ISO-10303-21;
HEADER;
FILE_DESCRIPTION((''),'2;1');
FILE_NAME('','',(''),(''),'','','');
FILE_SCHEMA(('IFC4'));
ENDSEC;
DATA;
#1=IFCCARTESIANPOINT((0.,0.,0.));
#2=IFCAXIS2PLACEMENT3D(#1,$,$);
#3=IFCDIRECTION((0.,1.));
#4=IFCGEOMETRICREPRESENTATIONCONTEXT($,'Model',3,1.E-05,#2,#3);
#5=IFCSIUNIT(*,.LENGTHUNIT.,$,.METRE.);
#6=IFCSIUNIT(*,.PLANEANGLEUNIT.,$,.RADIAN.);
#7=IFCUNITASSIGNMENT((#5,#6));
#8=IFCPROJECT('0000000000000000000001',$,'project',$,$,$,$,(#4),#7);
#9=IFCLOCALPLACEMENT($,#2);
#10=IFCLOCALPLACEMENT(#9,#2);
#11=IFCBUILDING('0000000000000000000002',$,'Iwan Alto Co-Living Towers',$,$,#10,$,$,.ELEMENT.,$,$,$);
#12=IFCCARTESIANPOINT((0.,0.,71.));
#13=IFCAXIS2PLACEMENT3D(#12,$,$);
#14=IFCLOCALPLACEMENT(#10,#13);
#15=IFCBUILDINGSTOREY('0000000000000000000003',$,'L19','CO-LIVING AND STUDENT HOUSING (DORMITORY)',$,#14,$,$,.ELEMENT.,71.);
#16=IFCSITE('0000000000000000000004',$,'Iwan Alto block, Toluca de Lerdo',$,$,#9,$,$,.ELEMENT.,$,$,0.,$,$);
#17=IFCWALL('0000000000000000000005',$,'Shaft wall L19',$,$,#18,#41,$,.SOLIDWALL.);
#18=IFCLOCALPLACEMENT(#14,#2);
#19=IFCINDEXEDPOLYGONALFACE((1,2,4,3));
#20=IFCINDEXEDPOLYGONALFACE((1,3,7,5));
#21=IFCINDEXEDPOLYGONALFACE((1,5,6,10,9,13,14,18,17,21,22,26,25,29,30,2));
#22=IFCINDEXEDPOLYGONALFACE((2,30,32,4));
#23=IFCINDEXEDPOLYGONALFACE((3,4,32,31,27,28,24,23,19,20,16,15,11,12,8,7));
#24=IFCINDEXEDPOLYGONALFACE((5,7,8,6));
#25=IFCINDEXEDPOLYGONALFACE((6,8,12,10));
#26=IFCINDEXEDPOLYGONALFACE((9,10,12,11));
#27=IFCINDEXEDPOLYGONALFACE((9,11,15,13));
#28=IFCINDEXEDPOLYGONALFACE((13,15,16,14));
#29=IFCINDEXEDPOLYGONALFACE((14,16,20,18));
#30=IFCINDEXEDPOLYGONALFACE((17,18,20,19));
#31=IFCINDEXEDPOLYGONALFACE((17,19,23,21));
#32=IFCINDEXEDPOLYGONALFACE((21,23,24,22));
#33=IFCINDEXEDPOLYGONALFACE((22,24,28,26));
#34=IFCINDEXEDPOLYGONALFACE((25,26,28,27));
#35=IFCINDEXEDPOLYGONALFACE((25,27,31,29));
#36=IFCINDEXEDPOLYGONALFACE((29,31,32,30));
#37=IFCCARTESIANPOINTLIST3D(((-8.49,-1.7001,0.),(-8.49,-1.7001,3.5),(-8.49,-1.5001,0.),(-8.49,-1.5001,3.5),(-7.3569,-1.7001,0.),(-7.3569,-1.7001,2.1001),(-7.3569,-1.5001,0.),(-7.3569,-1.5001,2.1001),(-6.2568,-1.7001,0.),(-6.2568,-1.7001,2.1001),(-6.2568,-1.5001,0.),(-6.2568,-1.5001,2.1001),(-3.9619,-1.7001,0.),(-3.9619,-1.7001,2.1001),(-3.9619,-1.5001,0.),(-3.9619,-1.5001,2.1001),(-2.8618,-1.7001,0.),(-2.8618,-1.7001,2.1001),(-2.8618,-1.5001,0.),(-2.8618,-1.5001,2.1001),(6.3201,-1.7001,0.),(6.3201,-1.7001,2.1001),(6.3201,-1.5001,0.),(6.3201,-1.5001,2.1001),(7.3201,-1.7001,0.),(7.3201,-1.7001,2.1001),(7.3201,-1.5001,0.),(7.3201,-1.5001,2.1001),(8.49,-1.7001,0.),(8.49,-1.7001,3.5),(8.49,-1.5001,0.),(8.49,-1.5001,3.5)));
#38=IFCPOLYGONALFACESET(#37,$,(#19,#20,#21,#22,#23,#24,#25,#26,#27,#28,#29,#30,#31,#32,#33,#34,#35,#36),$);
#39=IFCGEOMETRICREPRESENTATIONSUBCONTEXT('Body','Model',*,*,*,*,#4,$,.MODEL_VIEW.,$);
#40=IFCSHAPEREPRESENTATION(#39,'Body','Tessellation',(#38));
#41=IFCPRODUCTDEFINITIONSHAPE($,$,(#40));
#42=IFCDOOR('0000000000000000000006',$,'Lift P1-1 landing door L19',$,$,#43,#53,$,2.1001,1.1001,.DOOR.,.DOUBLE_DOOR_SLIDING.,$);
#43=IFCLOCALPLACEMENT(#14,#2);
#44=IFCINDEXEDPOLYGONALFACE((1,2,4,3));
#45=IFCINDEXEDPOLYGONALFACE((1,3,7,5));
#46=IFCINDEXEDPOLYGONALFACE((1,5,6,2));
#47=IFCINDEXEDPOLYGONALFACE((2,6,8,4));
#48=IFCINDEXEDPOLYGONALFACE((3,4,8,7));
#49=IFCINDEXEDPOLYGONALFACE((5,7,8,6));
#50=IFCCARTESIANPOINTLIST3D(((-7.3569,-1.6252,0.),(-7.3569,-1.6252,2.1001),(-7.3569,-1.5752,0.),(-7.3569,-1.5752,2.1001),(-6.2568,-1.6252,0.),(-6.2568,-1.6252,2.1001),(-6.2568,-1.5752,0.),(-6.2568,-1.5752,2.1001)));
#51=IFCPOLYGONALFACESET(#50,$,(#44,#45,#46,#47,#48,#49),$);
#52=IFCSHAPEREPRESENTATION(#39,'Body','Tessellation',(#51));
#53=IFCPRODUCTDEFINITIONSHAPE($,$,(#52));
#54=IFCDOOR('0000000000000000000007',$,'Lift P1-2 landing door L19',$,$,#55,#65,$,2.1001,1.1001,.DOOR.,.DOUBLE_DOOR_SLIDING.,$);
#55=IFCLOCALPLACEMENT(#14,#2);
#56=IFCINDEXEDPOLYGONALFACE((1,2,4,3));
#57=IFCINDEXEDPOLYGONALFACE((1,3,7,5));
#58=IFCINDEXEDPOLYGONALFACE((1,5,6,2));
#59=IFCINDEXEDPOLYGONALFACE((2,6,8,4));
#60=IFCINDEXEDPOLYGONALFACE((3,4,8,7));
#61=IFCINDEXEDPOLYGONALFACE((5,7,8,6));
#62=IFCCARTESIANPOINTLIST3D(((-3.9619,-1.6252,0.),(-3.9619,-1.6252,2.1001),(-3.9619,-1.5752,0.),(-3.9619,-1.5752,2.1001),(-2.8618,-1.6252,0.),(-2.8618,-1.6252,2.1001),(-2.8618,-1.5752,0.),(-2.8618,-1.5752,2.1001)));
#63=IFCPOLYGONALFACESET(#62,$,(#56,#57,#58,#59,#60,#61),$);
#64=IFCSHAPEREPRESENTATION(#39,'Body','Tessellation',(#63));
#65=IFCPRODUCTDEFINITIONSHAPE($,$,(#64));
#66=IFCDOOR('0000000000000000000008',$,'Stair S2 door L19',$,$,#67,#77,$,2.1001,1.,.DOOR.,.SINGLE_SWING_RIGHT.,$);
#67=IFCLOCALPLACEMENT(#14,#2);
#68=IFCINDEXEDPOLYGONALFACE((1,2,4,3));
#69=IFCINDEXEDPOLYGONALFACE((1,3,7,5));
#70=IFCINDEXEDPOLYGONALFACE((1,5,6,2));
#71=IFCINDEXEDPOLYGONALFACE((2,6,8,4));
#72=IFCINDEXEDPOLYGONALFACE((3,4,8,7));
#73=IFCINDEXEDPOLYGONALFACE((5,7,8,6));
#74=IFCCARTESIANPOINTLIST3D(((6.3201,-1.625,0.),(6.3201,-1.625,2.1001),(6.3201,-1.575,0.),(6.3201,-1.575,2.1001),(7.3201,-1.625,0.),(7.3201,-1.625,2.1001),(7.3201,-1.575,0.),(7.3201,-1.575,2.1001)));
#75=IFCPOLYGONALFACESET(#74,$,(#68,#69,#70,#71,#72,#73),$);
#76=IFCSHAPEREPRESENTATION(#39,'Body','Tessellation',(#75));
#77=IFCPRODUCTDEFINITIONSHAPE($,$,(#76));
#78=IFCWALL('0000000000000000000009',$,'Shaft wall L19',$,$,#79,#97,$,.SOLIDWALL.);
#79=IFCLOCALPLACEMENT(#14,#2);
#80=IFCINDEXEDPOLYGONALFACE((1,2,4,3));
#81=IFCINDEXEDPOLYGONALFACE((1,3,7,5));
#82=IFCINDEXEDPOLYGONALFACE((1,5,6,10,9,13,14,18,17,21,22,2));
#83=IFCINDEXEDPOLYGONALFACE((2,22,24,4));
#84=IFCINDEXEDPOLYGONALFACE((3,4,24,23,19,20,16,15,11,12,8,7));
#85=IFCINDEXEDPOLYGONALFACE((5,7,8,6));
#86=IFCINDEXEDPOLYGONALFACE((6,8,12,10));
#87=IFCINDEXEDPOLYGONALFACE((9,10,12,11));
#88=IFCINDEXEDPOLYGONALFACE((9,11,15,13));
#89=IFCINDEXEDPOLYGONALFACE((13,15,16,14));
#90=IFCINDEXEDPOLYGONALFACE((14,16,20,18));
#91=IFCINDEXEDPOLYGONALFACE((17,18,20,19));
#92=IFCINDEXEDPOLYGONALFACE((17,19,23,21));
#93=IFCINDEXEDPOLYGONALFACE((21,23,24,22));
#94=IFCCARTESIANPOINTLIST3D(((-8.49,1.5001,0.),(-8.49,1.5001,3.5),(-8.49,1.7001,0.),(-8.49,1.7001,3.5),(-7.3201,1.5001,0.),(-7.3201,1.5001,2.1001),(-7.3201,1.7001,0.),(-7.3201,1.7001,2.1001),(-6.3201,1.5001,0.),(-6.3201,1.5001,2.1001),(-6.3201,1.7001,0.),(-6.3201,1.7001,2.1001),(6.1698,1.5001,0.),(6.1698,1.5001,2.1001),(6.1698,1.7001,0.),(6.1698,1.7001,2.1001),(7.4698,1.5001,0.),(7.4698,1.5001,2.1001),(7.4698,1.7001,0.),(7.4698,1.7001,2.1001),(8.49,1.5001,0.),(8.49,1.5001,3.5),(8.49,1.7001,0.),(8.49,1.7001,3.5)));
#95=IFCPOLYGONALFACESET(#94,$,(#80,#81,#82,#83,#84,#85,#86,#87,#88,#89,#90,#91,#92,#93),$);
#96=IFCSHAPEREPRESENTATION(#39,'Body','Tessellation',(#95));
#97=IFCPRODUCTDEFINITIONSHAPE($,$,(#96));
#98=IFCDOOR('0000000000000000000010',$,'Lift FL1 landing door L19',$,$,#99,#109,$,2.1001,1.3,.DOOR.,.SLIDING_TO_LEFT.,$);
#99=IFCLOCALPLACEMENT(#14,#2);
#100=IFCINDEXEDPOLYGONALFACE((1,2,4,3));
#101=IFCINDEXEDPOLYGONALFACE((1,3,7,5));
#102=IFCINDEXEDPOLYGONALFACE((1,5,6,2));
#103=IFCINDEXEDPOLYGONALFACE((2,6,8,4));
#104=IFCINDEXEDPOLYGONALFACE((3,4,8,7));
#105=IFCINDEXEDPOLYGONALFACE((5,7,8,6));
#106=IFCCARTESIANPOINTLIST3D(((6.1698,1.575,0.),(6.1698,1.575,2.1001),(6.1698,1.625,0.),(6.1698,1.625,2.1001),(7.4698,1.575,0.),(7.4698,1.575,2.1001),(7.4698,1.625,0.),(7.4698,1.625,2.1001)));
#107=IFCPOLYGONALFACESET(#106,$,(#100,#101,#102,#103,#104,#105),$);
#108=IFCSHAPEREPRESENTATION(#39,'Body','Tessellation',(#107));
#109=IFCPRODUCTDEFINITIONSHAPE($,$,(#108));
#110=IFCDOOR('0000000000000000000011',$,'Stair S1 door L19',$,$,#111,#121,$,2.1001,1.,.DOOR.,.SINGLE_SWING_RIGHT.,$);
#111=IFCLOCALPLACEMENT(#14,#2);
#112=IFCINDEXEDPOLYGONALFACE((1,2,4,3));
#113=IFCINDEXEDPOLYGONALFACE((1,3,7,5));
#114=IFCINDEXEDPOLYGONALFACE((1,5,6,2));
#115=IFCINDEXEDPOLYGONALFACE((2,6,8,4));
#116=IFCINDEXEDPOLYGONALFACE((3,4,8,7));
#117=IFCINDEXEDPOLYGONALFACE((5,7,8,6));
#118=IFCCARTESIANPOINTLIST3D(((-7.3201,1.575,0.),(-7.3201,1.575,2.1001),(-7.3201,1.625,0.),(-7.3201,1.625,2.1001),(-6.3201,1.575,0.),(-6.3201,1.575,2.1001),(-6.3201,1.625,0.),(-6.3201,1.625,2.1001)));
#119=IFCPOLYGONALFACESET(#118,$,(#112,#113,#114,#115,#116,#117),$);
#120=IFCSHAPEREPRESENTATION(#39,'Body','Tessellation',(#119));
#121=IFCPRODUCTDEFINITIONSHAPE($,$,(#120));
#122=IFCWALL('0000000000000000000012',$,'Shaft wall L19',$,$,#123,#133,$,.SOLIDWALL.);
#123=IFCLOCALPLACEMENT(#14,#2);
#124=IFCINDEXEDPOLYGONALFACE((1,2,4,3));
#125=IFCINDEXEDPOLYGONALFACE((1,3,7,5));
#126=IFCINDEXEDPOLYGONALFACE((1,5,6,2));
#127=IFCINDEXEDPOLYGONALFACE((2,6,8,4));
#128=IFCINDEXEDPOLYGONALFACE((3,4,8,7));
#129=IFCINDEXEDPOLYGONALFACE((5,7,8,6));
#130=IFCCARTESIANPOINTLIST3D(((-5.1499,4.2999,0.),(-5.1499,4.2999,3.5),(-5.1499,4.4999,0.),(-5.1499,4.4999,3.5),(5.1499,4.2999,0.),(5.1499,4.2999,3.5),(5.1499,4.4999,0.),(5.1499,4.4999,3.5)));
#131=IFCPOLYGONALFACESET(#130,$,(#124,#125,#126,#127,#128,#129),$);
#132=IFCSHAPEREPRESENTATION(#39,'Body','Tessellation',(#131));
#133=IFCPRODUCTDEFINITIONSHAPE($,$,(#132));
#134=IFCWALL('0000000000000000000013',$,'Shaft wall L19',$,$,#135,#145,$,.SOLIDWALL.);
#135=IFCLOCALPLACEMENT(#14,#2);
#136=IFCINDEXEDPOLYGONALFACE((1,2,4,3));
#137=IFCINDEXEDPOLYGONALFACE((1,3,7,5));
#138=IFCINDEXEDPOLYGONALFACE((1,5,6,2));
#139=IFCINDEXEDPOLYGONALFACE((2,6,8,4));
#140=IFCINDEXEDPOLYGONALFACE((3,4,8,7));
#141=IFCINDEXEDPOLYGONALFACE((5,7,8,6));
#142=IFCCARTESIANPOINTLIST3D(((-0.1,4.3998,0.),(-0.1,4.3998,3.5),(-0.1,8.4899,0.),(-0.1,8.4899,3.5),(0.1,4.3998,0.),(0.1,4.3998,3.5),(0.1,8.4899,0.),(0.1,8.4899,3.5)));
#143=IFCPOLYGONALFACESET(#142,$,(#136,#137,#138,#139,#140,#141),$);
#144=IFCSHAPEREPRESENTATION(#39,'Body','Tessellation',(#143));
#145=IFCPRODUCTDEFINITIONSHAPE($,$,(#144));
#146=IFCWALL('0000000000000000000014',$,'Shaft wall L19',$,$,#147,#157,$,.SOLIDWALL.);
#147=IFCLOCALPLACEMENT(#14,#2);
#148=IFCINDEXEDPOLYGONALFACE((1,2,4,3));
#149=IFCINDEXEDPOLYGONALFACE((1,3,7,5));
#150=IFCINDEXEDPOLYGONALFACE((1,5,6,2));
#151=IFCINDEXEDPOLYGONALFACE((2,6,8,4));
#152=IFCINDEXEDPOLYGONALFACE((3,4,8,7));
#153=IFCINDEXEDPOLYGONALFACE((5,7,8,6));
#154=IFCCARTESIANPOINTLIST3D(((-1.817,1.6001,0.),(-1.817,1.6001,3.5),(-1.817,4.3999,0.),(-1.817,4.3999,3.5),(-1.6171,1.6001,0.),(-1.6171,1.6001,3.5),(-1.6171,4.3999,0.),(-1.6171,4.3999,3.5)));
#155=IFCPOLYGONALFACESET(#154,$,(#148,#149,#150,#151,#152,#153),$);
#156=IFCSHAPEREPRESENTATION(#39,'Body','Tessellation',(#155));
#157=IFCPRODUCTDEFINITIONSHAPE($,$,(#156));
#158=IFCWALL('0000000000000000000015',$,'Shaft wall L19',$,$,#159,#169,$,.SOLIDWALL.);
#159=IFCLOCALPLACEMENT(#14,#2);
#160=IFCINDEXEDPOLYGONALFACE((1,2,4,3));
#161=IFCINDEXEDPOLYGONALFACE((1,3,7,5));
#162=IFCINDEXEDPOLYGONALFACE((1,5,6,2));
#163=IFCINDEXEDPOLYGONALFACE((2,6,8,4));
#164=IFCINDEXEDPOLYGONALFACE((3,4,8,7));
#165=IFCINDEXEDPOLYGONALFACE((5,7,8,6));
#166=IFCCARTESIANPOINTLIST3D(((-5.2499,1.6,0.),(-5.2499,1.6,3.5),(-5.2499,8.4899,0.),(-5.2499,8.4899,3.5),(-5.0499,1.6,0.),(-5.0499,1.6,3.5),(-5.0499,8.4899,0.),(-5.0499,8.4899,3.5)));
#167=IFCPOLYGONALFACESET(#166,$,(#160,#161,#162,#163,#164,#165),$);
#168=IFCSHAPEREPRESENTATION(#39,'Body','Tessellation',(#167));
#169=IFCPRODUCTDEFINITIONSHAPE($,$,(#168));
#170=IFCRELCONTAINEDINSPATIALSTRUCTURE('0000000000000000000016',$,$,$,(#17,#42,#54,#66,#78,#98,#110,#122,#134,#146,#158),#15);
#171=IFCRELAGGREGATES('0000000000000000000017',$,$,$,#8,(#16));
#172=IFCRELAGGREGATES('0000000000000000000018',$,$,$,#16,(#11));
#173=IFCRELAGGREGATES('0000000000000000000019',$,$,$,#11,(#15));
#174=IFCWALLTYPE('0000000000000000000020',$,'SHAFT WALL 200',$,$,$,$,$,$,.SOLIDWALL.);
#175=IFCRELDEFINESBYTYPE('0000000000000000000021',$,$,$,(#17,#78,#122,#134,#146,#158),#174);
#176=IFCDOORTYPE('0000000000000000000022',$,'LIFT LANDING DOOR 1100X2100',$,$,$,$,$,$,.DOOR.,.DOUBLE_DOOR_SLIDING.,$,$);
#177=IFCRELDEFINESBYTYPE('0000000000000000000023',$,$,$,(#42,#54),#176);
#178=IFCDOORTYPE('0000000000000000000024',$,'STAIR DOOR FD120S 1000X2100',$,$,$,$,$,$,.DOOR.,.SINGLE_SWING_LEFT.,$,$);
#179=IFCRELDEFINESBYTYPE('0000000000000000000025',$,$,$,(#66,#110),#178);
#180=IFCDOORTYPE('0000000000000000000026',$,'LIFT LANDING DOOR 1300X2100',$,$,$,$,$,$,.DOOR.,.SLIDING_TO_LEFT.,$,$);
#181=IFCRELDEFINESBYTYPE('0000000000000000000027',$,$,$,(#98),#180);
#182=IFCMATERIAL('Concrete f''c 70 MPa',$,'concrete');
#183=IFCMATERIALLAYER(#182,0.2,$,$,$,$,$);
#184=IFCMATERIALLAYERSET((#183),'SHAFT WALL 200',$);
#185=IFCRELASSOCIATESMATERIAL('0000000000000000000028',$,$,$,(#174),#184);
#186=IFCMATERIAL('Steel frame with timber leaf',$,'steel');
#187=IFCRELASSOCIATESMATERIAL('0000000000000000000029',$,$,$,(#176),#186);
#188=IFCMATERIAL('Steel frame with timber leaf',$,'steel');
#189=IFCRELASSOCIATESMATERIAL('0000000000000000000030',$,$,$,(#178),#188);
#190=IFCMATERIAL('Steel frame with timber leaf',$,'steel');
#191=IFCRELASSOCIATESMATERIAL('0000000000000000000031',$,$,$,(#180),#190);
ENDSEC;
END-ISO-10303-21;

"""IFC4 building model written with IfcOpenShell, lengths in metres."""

from ifc_helpers import new_model, si_unit, direction, frame, frame_2d, origin, place, context, subcontext, project, spatial, rectangle, extrude, material, layer, layer_set, type_object, element, fill, save


model = new_model("IFC4")

# Units and contexts
model_context = context("Model", 3, precision=1e-05, world=origin(), true_north=direction((0.0, 1.0)))
body_context = subcontext(model_context, "Body", "Model", "MODEL_VIEW")
ifc_project = project(units=[si_unit("LENGTHUNIT", "METRE"), si_unit("PLANEANGLEUNIT", "RADIAN")], contexts=[model_context])

# Site, building, storey
site_placement = place(None, origin())
site = spatial("IfcSite", under=ifc_project, at=site_placement, Name="Iwan Alto block, Toluca de Lerdo", CompositionType="ELEMENT", RefElevation=0.0)
building_placement = place(site_placement, origin())
building = spatial("IfcBuilding", under=site, at=building_placement, Name="Iwan Alto Co-Living Towers", CompositionType="ELEMENT")
storey_placement = place(building_placement, frame((0.0, 0.0, 71.0)))
storey = spatial("IfcBuildingStorey", under=building, at=storey_placement, Name="L19", Description="CO-LIVING AND STUDENT HOUSING (DORMITORY)", CompositionType="ELEMENT", Elevation=71.0)

# Walls, openings, doors
ifc_material_1 = material(Name="Concrete f'c 70 MPa", Category="concrete")
ifc_layer_1 = layer(ifc_material_1, 0.2)
ifc_layer_set_1 = layer_set([ifc_layer_1], Name="SHAFT WALL 200")
wall_type_1 = type_object("IfcWallType", Name="SHAFT WALL 200", PredefinedType="SOLIDWALL", material=ifc_layer_set_1)
wall_1_placement = place(storey_placement, frame((-8.49, -1.6001, 0.0), z_axis=(0.0, 0.0, 1.0), x_axis=(1.0, 0.0, 0.0)))
wall_1 = element("IfcWall", 1, at=wall_1_placement, inside=storey, type_object=wall_type_1, Name="Shaft wall L19", PredefinedType="SOLIDWALL", context=body_context, shape_type="SweptSolid", body=[
    extrude(rectangle(XDim=16.98, YDim=0.2, at=frame_2d((8.49, 0.0))), origin(), (0.0, 0.0, 1.0), 3.5),
])
opening_1_placement = place(wall_1_placement, frame((14.8101, 0.0, 0.0)))
opening_1 = element("IfcOpeningElement", 2, at=opening_1_placement, cuts=wall_1, PredefinedType="OPENING", context=body_context, shape_type="SweptSolid", body=[
    extrude(rectangle(XDim=1.0, YDim=2.1001, at=frame_2d((0.5, 1.05))), frame((0.0, 0.1099, 0.0), z_axis=(0.0, -1.0, 0.0), x_axis=(1.0, 0.0, 0.0)), (0.0, 0.0, 1.0), 0.22),
])
opening_2_placement = place(wall_1_placement, frame((1.1331, 0.0, 0.0)))
opening_2 = element("IfcOpeningElement", 3, at=opening_2_placement, cuts=wall_1, PredefinedType="OPENING", context=body_context, shape_type="SweptSolid", body=[
    extrude(rectangle(XDim=1.1001, YDim=2.1001, at=frame_2d((0.55, 1.05))), frame((0.0, 0.1099, 0.0), z_axis=(0.0, -1.0, 0.0), x_axis=(1.0, 0.0, 0.0)), (0.0, 0.0, 1.0), 0.22),
])
opening_3_placement = place(wall_1_placement, frame((4.5281, 0.0, 0.0)))
opening_3 = element("IfcOpeningElement", 4, at=opening_3_placement, cuts=wall_1, PredefinedType="OPENING", context=body_context, shape_type="SweptSolid", body=[
    extrude(rectangle(XDim=1.1001, YDim=2.1001, at=frame_2d((0.55, 1.05))), frame((0.0, 0.1099, 0.0), z_axis=(0.0, -1.0, 0.0), x_axis=(1.0, 0.0, 0.0)), (0.0, 0.0, 1.0), 0.22),
])
ifc_material_2 = material(Name="Steel frame with timber leaf", Category="steel")
door_type_1 = type_object("IfcDoorType", Name="LIFT LANDING DOOR 1100X2100", OperationType="DOUBLE_DOOR_SLIDING", PredefinedType="DOOR", material=ifc_material_2)
door_1_placement = place(opening_2_placement, origin())
door_1 = element("IfcDoor", 5, at=door_1_placement, inside=storey, type_object=door_type_1, Name="Lift P1-1 landing door L19", OperationType="DOUBLE_DOOR_SLIDING", OverallHeight=2.1001, OverallWidth=1.1001, PredefinedType="DOOR", context=body_context, shape_type="SweptSolid", body=[
    extrude(rectangle(XDim=1.1001, YDim=2.1001, at=frame_2d((0.55, 1.05))), frame((0.0, 0.0249, 0.0), z_axis=(0.0, -1.0, 0.0), x_axis=(1.0, 0.0, 0.0)), (0.0, 0.0, 1.0), 0.05),
])
fill(opening_2, door_1)
door_2_placement = place(opening_3_placement, origin())
door_2 = element("IfcDoor", 6, at=door_2_placement, inside=storey, type_object=door_type_1, Name="Lift P1-2 landing door L19", OperationType="DOUBLE_DOOR_SLIDING", OverallHeight=2.1001, OverallWidth=1.1001, PredefinedType="DOOR", context=body_context, shape_type="SweptSolid", body=[
    extrude(rectangle(XDim=1.1001, YDim=2.1001, at=frame_2d((0.55, 1.05))), frame((0.0, 0.0249, 0.0), z_axis=(0.0, -1.0, 0.0), x_axis=(1.0, 0.0, 0.0)), (0.0, 0.0, 1.0), 0.05),
])
fill(opening_3, door_2)
ifc_material_3 = material(Name="Steel frame with timber leaf", Category="steel")
door_type_2 = type_object("IfcDoorType", Name="STAIR DOOR FD120S 1000X2100", OperationType="SINGLE_SWING_LEFT", PredefinedType="DOOR", material=ifc_material_3)
door_3_placement = place(opening_1_placement, frame((1.0, 0.0, 0.0), z_axis=(0.0, 0.0, 1.0), x_axis=(-1.0, 0.0, 0.0)))
door_3 = element("IfcDoor", 7, at=door_3_placement, inside=storey, type_object=door_type_2, Name="Stair S2 door L19", OperationType="SINGLE_SWING_RIGHT", OverallHeight=2.1001, OverallWidth=1.0, PredefinedType="DOOR", context=body_context, shape_type="SweptSolid", body=[
    extrude(rectangle(XDim=1.0, YDim=2.1001, at=frame_2d((0.5, 1.05))), frame((0.0, 0.0249, 0.0), z_axis=(0.0, -1.0, 0.0), x_axis=(1.0, 0.0, 0.0)), (0.0, 0.0, 1.0), 0.05),
])
fill(opening_1, door_3)
wall_2_placement = place(storey_placement, frame((-8.49, 1.6001, 0.0), z_axis=(0.0, 0.0, 1.0), x_axis=(1.0, 0.0, 0.0)))
wall_2 = element("IfcWall", 8, at=wall_2_placement, inside=storey, type_object=wall_type_1, Name="Shaft wall L19", PredefinedType="SOLIDWALL", context=body_context, shape_type="SweptSolid", body=[
    extrude(rectangle(XDim=16.98, YDim=0.2, at=frame_2d((8.49, 0.0))), origin(), (0.0, 0.0, 1.0), 3.5),
])
opening_4_placement = place(wall_2_placement, frame((1.1699, 0.0, 0.0)))
opening_4 = element("IfcOpeningElement", 9, at=opening_4_placement, cuts=wall_2, PredefinedType="OPENING", context=body_context, shape_type="SweptSolid", body=[
    extrude(rectangle(XDim=1.0, YDim=2.1001, at=frame_2d((0.5, 1.05))), frame((0.0, 0.1099, 0.0), z_axis=(0.0, -1.0, 0.0), x_axis=(1.0, 0.0, 0.0)), (0.0, 0.0, 1.0), 0.22),
])
opening_5_placement = place(wall_2_placement, frame((14.6599, 0.0, 0.0)))
opening_5 = element("IfcOpeningElement", 10, at=opening_5_placement, cuts=wall_2, PredefinedType="OPENING", context=body_context, shape_type="SweptSolid", body=[
    extrude(rectangle(XDim=1.3, YDim=2.1001, at=frame_2d((0.6499, 1.05))), frame((0.0, 0.1099, 0.0), z_axis=(0.0, -1.0, 0.0), x_axis=(1.0, 0.0, 0.0)), (0.0, 0.0, 1.0), 0.22),
])
ifc_material_4 = material(Name="Steel frame with timber leaf", Category="steel")
door_type_3 = type_object("IfcDoorType", Name="LIFT LANDING DOOR 1300X2100", OperationType="SLIDING_TO_LEFT", PredefinedType="DOOR", material=ifc_material_4)
door_4_placement = place(opening_5_placement, origin())
door_4 = element("IfcDoor", 11, at=door_4_placement, inside=storey, type_object=door_type_3, Name="Lift FL1 landing door L19", OperationType="SLIDING_TO_LEFT", OverallHeight=2.1001, OverallWidth=1.3, PredefinedType="DOOR", context=body_context, shape_type="SweptSolid", body=[
    extrude(rectangle(XDim=1.3, YDim=2.1001, at=frame_2d((0.6499, 1.05))), frame((0.0, 0.0249, 0.0), z_axis=(0.0, -1.0, 0.0), x_axis=(1.0, 0.0, 0.0)), (0.0, 0.0, 1.0), 0.05),
])
fill(opening_5, door_4)
door_5_placement = place(opening_4_placement, origin())
door_5 = element("IfcDoor", 12, at=door_5_placement, inside=storey, type_object=door_type_2, Name="Stair S1 door L19", OperationType="SINGLE_SWING_RIGHT", OverallHeight=2.1001, OverallWidth=1.0, PredefinedType="DOOR", context=body_context, shape_type="SweptSolid", body=[
    extrude(rectangle(XDim=1.0, YDim=2.1001, at=frame_2d((0.5, 1.05))), frame((0.0, 0.0249, 0.0), z_axis=(0.0, -1.0, 0.0), x_axis=(1.0, 0.0, 0.0)), (0.0, 0.0, 1.0), 0.05),
])
fill(opening_4, door_5)

# Walls
wall_3_placement = place(storey_placement, frame((-5.1499, 4.3999, 0.0), z_axis=(0.0, 0.0, 1.0), x_axis=(1.0, 0.0, 0.0)))
element("IfcWall", 13, at=wall_3_placement, inside=storey, type_object=wall_type_1, Name="Shaft wall L19", PredefinedType="SOLIDWALL", context=body_context, shape_type="SweptSolid", body=[
    extrude(rectangle(XDim=10.2998, YDim=0.2, at=frame_2d((5.1499, 0.0))), origin(), (0.0, 0.0, 1.0), 3.5),
])
wall_4_placement = place(storey_placement, frame((0.0, 4.3999, 0.0), z_axis=(0.0, 0.0, 1.0), x_axis=(0.0, 1.0, 0.0)))
element("IfcWall", 14, at=wall_4_placement, inside=storey, type_object=wall_type_1, Name="Shaft wall L19", PredefinedType="SOLIDWALL", context=body_context, shape_type="SweptSolid", body=[
    extrude(rectangle(XDim=4.0901, YDim=0.2, at=frame_2d((2.0449, 0.0))), origin(), (0.0, 0.0, 1.0), 3.5),
])
wall_5_placement = place(storey_placement, frame((-1.717, 1.6001, 0.0), z_axis=(0.0, 0.0, 1.0), x_axis=(0.0, 1.0, 0.0)))
element("IfcWall", 15, at=wall_5_placement, inside=storey, type_object=wall_type_1, Name="Shaft wall L19", PredefinedType="SOLIDWALL", context=body_context, shape_type="SweptSolid", body=[
    extrude(rectangle(XDim=2.7998, YDim=0.2, at=frame_2d((1.3999, 0.0))), origin(), (0.0, 0.0, 1.0), 3.5),
])
wall_6_placement = place(storey_placement, frame((-5.1499, 1.6001, 0.0), z_axis=(0.0, 0.0, 1.0), x_axis=(0.0, 1.0, 0.0)))
element("IfcWall", 16, at=wall_6_placement, inside=storey, type_object=wall_type_1, Name="Shaft wall L19", PredefinedType="SOLIDWALL", context=body_context, shape_type="SweptSolid", body=[
    extrude(rectangle(XDim=6.8899, YDim=0.2, at=frame_2d((3.4448, 0.0))), origin(), (0.0, 0.0, 1.0), 3.5),
])

save(model, "model.ifc")
